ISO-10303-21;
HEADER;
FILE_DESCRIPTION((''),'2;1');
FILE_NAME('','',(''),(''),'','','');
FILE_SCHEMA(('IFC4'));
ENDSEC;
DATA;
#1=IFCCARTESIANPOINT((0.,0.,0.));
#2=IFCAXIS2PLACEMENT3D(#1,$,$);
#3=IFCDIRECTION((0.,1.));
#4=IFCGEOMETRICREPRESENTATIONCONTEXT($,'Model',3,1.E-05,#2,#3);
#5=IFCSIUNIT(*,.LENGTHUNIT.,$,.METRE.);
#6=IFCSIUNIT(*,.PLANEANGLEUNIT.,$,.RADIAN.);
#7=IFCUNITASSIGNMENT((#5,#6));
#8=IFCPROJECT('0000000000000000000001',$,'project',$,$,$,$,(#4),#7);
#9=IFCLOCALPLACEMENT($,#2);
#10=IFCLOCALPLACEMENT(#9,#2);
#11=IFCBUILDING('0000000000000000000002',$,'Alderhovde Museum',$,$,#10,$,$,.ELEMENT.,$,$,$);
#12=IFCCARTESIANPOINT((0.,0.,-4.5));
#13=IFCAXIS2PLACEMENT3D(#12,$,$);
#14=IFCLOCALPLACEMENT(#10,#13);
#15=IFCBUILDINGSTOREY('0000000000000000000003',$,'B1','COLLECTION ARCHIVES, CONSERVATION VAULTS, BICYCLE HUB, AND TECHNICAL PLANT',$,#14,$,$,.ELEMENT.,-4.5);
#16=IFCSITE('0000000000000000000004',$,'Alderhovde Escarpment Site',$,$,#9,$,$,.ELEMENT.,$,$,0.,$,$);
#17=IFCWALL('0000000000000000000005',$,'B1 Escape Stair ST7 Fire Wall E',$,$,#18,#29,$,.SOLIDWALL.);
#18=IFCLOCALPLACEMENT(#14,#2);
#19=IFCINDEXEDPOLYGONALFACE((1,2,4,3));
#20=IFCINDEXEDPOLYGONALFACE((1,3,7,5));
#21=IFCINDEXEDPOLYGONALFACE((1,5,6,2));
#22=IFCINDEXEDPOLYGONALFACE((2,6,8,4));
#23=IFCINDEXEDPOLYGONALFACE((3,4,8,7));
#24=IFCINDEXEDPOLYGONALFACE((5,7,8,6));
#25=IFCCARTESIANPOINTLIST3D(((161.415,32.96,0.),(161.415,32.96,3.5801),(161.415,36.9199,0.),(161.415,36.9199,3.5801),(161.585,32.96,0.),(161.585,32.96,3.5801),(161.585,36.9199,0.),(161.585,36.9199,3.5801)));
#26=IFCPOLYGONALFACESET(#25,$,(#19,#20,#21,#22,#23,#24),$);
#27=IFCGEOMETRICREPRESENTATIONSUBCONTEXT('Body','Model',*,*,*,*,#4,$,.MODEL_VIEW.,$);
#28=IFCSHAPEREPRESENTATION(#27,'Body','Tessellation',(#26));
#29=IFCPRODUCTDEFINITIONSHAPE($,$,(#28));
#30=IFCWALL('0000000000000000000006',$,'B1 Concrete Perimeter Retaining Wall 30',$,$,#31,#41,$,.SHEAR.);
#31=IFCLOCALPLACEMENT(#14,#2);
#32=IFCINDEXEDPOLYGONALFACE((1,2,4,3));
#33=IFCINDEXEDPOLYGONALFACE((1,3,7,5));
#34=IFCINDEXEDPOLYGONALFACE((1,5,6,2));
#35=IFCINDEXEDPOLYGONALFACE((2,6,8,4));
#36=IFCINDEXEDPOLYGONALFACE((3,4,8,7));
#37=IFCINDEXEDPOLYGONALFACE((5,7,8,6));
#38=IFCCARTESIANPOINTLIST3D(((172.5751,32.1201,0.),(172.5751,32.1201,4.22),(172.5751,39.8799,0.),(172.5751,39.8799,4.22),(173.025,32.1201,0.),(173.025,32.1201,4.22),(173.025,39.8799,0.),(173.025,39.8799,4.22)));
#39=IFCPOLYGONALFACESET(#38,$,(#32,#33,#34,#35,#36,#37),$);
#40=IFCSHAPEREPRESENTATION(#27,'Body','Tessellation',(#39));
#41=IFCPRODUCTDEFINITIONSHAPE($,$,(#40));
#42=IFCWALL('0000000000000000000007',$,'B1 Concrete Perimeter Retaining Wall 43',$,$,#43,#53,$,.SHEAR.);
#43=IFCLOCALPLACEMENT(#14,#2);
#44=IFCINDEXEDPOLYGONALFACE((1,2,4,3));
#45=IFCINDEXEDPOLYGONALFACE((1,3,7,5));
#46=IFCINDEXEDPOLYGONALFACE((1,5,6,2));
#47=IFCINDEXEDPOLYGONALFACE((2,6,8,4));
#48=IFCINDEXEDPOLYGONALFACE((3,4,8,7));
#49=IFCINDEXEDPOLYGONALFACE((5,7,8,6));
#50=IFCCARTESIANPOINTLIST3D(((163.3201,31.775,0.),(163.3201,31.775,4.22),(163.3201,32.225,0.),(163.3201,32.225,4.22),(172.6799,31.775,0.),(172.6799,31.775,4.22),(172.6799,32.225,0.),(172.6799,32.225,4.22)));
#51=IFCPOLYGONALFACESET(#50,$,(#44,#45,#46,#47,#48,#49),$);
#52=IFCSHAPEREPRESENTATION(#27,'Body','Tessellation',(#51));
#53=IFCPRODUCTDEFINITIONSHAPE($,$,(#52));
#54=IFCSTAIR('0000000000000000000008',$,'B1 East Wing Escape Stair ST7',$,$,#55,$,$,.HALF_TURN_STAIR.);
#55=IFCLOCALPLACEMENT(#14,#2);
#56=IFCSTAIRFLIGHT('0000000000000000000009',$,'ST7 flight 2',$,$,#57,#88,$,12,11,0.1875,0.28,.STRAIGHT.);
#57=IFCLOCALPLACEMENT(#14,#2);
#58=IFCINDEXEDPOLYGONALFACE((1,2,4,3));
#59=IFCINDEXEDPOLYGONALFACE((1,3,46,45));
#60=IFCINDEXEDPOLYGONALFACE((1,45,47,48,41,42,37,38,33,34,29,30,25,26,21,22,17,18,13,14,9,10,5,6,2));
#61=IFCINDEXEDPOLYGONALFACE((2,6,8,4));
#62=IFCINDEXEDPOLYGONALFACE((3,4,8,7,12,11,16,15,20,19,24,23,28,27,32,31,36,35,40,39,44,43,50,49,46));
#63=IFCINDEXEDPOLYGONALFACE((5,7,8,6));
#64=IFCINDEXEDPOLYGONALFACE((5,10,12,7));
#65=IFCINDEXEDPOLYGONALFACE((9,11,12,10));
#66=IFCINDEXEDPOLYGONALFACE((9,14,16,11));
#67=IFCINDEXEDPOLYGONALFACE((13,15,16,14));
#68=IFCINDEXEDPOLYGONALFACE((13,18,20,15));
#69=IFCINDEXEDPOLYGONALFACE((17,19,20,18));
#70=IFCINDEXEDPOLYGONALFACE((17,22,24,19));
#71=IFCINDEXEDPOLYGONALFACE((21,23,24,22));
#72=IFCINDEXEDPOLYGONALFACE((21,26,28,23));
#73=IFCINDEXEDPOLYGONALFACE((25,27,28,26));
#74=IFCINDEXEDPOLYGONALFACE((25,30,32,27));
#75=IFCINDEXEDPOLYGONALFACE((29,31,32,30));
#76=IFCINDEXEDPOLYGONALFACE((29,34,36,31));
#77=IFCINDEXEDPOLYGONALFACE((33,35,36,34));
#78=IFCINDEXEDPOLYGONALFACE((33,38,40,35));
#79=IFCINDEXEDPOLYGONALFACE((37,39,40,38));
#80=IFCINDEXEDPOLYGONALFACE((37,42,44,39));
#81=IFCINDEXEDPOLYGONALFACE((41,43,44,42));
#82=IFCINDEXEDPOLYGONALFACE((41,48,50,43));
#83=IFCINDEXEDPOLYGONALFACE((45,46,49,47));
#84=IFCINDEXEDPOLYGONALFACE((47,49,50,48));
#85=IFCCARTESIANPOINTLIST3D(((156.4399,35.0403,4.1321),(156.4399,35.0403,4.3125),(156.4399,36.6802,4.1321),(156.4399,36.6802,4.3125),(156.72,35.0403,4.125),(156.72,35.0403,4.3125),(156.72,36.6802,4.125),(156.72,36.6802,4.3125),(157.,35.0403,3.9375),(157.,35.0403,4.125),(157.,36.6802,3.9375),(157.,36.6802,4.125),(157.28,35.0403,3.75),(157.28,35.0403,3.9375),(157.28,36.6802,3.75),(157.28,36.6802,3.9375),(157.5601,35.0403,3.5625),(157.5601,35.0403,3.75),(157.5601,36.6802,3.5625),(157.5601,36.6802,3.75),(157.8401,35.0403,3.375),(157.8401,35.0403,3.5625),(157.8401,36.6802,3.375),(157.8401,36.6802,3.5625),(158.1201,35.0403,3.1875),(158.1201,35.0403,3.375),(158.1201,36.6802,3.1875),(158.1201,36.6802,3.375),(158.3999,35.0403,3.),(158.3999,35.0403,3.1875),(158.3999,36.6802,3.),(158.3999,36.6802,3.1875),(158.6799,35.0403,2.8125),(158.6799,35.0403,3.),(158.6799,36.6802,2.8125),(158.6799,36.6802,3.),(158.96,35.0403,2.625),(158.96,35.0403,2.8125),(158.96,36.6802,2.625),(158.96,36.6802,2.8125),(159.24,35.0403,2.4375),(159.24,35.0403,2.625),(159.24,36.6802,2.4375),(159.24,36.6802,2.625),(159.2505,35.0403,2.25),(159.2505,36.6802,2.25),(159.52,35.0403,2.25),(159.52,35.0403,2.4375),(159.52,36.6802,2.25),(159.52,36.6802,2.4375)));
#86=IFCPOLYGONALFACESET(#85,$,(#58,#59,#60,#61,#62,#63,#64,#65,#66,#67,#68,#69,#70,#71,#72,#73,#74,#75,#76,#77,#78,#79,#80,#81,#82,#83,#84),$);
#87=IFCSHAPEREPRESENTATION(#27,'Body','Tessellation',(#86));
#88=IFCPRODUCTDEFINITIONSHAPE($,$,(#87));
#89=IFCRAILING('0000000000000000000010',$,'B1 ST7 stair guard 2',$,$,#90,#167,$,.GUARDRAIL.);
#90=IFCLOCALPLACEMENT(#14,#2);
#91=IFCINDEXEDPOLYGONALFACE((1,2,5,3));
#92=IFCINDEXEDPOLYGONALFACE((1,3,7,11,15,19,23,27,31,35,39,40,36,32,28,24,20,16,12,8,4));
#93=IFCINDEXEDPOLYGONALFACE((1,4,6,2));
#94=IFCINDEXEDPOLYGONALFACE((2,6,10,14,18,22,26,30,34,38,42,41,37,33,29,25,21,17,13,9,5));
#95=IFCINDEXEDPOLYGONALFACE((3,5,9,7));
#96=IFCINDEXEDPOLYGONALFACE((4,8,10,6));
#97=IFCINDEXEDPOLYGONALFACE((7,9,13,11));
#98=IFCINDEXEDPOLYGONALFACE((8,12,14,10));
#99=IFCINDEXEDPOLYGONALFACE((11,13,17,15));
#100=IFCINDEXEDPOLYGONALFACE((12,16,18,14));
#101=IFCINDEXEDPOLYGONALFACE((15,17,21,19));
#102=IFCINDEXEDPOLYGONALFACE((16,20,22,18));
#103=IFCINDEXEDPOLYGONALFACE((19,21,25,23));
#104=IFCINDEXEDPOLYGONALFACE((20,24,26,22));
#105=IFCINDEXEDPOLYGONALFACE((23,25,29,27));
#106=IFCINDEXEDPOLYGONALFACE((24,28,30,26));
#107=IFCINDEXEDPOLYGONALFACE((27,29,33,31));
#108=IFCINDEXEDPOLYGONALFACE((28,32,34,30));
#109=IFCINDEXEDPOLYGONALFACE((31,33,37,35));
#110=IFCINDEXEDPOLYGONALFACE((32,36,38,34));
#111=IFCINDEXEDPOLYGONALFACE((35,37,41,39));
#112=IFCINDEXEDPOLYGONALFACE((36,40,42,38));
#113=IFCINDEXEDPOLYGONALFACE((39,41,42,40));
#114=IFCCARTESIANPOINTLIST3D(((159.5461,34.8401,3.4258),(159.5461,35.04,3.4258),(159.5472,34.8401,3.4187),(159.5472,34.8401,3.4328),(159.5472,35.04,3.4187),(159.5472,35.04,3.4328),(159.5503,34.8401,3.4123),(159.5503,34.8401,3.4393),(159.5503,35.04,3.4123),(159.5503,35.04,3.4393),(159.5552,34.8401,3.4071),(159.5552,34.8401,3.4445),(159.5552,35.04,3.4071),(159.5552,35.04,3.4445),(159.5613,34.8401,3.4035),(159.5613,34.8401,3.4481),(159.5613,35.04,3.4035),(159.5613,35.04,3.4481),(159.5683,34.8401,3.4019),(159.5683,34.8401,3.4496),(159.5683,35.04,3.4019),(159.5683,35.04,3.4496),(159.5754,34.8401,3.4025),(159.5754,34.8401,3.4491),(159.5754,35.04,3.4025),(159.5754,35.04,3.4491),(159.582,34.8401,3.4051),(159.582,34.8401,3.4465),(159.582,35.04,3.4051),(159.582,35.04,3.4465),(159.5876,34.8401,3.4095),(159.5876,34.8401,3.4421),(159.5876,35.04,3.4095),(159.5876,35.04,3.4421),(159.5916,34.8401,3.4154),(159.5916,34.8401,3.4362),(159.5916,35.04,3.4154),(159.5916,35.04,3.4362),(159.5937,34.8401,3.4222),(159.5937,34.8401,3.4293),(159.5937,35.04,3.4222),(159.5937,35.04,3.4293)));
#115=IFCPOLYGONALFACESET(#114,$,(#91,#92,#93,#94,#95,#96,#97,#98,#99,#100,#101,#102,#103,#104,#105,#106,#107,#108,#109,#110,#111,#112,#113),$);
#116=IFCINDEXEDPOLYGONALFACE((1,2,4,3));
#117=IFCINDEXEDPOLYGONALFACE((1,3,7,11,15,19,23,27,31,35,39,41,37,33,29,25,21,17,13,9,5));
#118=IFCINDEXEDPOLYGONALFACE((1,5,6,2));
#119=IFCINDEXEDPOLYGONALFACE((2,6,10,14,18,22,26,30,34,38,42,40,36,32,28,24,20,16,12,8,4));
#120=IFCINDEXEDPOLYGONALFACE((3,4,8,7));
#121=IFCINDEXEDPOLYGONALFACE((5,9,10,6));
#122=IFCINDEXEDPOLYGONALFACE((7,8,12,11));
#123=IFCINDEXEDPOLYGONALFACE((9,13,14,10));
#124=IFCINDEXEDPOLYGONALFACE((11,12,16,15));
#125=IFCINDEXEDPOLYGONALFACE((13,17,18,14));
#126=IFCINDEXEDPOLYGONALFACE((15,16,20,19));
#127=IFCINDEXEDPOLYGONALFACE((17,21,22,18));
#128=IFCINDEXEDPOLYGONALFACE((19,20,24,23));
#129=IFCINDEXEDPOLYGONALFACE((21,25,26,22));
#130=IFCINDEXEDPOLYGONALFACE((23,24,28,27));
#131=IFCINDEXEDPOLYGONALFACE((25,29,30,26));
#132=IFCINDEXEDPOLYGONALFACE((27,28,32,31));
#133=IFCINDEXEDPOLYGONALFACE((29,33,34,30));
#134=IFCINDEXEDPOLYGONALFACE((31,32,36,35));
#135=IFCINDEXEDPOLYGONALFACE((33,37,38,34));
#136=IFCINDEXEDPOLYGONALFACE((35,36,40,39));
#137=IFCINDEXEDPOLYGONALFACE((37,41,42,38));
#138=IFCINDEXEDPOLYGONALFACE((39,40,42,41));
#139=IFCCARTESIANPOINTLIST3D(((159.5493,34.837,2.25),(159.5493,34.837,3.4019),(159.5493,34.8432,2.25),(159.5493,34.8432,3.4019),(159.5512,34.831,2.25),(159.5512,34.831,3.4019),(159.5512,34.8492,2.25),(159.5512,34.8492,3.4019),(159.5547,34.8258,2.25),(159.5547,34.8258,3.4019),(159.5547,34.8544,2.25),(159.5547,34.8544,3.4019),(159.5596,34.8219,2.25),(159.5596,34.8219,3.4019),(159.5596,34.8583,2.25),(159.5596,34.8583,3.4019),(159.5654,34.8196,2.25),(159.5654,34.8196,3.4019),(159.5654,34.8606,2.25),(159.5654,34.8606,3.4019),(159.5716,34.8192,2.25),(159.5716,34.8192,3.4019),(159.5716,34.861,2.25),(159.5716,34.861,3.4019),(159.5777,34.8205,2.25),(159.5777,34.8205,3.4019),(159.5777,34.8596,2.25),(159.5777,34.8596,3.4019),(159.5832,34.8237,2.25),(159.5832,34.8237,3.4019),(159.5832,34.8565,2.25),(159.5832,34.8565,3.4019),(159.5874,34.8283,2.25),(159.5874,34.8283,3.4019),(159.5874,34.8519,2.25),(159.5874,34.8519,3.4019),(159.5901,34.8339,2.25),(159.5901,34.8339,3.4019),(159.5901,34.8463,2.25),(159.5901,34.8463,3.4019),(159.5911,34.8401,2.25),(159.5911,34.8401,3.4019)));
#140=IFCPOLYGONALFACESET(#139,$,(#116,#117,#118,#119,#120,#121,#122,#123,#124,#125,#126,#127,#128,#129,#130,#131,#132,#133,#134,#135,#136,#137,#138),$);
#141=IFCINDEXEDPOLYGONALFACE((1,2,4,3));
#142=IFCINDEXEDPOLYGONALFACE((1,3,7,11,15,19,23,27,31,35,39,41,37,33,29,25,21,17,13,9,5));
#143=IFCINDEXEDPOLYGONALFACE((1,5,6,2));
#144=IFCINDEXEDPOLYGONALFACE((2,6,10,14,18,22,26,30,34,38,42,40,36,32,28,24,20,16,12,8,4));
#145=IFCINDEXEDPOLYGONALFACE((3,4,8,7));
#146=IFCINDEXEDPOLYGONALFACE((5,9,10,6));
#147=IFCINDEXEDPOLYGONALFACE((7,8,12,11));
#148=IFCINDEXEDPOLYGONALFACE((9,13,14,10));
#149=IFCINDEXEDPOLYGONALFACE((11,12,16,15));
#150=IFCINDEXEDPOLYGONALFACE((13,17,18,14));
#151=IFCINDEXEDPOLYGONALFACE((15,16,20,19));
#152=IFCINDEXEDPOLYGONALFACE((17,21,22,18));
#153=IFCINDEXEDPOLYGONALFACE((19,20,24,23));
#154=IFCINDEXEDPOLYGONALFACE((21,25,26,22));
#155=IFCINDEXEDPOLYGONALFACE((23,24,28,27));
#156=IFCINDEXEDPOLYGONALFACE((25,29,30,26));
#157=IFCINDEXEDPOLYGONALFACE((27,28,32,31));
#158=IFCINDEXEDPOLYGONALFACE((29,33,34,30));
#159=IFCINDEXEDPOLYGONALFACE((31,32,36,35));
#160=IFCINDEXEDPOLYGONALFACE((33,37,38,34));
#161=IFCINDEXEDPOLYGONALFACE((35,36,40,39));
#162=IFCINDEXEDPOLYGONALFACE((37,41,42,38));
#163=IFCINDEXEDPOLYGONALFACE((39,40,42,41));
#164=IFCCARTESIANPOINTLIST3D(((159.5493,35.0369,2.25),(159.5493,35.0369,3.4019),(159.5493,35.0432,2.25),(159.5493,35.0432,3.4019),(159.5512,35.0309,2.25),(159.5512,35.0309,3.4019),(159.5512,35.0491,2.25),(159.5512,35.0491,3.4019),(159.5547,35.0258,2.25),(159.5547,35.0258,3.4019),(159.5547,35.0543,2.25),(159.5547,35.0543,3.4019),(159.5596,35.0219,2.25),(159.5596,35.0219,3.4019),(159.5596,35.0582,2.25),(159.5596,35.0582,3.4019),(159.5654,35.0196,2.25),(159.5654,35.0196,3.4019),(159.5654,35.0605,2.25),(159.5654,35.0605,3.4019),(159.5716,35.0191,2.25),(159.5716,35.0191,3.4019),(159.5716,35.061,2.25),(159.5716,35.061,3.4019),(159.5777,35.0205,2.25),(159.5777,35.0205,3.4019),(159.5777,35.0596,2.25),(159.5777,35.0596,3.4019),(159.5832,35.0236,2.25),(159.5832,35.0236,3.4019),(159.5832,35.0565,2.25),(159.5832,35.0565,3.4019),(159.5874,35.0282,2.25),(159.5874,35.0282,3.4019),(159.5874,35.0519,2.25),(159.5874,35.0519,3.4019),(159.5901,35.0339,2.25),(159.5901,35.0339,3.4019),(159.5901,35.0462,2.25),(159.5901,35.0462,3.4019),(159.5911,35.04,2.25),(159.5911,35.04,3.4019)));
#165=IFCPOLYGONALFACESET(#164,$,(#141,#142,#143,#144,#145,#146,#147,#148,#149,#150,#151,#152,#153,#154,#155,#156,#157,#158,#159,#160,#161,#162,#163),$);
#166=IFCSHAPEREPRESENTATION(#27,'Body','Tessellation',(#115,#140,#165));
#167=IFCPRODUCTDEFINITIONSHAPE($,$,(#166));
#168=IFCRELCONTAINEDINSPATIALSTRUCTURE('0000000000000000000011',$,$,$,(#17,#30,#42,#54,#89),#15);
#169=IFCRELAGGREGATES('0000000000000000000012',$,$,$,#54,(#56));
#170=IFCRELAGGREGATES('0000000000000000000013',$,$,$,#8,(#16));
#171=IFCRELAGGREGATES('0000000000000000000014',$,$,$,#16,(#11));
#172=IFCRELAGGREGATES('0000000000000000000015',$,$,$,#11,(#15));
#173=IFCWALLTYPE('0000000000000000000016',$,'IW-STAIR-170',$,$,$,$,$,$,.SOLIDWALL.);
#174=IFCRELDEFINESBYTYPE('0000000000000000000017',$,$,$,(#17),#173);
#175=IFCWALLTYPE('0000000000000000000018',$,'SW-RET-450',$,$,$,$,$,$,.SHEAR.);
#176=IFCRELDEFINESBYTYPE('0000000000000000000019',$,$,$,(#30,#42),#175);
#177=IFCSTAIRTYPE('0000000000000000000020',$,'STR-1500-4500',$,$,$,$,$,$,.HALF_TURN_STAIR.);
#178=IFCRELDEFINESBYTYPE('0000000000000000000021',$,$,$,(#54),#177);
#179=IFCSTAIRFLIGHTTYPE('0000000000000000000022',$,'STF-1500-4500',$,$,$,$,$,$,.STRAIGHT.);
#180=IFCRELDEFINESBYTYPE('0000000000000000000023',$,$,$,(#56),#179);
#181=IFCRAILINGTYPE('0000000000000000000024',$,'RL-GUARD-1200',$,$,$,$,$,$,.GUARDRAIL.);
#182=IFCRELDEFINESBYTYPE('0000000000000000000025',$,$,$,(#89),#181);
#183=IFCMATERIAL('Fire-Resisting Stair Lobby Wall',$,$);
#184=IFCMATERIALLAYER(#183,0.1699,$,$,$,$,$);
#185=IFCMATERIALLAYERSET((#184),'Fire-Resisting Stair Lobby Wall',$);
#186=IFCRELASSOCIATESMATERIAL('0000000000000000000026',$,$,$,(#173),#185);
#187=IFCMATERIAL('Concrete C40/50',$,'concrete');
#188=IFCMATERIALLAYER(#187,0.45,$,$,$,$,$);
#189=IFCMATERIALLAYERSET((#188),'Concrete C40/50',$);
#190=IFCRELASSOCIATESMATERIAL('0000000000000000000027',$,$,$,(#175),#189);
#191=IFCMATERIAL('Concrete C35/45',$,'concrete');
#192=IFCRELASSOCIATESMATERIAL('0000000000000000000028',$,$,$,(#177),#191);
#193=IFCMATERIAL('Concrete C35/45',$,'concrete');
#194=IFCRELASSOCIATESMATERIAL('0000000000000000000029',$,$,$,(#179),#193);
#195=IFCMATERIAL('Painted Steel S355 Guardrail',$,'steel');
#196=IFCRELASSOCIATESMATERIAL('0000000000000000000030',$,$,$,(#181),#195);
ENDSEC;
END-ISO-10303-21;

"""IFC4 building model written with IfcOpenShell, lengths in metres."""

from ifc_helpers import new_model, si_unit, direction, frame, frame_2d, origin, origin_2d, place, context, subcontext, project, spatial, polyline, rectangle, circle, outline, extrude, material, layer, layer_set, type_object, element, aggregate, save


model = new_model("IFC4")

# Units and contexts
model_context = context("Model", 3, precision=1e-05, world=origin(), true_north=direction((0.0, 1.0)))
body_context = subcontext(model_context, "Body", "Model", "MODEL_VIEW")
ifc_project = project(units=[si_unit("LENGTHUNIT", "METRE"), si_unit("PLANEANGLEUNIT", "RADIAN")], contexts=[model_context])

# Site, building, storey
site_placement = place(None, origin())
site = spatial("IfcSite", under=ifc_project, at=site_placement, Name="Alderhovde Escarpment Site", CompositionType="ELEMENT", RefElevation=0.0)
building_placement = place(site_placement, origin())
building = spatial("IfcBuilding", under=site, at=building_placement, Name="Alderhovde Museum", CompositionType="ELEMENT")
storey_placement = place(building_placement, frame((0.0, 0.0, -4.5)))
storey = spatial("IfcBuildingStorey", under=building, at=storey_placement, Name="B1", Description="COLLECTION ARCHIVES, CONSERVATION VAULTS, BICYCLE HUB, AND TECHNICAL PLANT", CompositionType="ELEMENT", Elevation=-4.5)

# Walls
ifc_material_1 = material(Name="Fire-Resisting Stair Lobby Wall")
ifc_layer_1 = layer(ifc_material_1, 0.1699)
ifc_layer_set_1 = layer_set([ifc_layer_1], Name="Fire-Resisting Stair Lobby Wall")
wall_type_1 = type_object("IfcWallType", Name="IW-STAIR-170", PredefinedType="SOLIDWALL", material=ifc_layer_set_1)
wall_1_placement = place(storey_placement, frame((161.5, 32.96, 0.0), z_axis=(0.0, 0.0, 1.0), x_axis=(0.0, 1.0, 0.0)))
element("IfcWall", 1, at=wall_1_placement, inside=storey, type_object=wall_type_1, Name="B1 Escape Stair ST7 Fire Wall E", PredefinedType="SOLIDWALL", context=body_context, shape_type="SweptSolid", body=[
    extrude(rectangle(XDim=3.96, YDim=0.1699, at=frame_2d((1.98, 0.0))), origin(), (0.0, 0.0, 1.0), 3.5801),
])
ifc_material_2 = material(Name="Concrete C40/50", Category="concrete")
ifc_layer_2 = layer(ifc_material_2, 0.45)
ifc_layer_set_2 = layer_set([ifc_layer_2], Name="Concrete C40/50")
wall_type_2 = type_object("IfcWallType", Name="SW-RET-450", PredefinedType="SHEAR", material=ifc_layer_set_2)
wall_2_placement = place(storey_placement, frame((172.8, 32.1201, 0.0), z_axis=(0.0, 0.0, 1.0), x_axis=(0.0, 1.0, 0.0)))
element("IfcWall", 2, at=wall_2_placement, inside=storey, type_object=wall_type_2, Name="B1 Concrete Perimeter Retaining Wall 30", PredefinedType="SHEAR", context=body_context, shape_type="SweptSolid", body=[
    extrude(rectangle(XDim=7.7598, YDim=0.45, at=frame_2d((3.8799, 0.0))), origin(), (0.0, 0.0, 1.0), 4.22),
])
wall_3_placement = place(storey_placement, frame((163.3201, 32.0, 0.0), z_axis=(0.0, 0.0, 1.0), x_axis=(1.0, 0.0, 0.0)))
element("IfcWall", 3, at=wall_3_placement, inside=storey, type_object=wall_type_2, Name="B1 Concrete Perimeter Retaining Wall 43", PredefinedType="SHEAR", context=body_context, shape_type="SweptSolid", body=[
    extrude(rectangle(XDim=9.3599, YDim=0.45, at=frame_2d((4.6799, 0.0))), origin(), (0.0, 0.0, 1.0), 4.22),
])

# Stair, stair flight
ifc_material_3 = material(Name="Concrete C35/45", Category="concrete")
stair_type = type_object("IfcStairType", Name="STR-1500-4500", PredefinedType="HALF_TURN_STAIR", material=ifc_material_3)
stair_placement = place(storey_placement, origin())
stair = element("IfcStair", 4, at=stair_placement, inside=storey, type_object=stair_type, Name="B1 East Wing Escape Stair ST7", PredefinedType="HALF_TURN_STAIR")
ifc_material_4 = material(Name="Concrete C35/45", Category="concrete")
stair_flight_type = type_object("IfcStairFlightType", Name="STF-1500-4500", PredefinedType="STRAIGHT", material=ifc_material_4)
stair_flight_placement = place(storey_placement, frame((159.52, 35.8601, 2.25), z_axis=(0.0, 0.0, 1.0), x_axis=(-1.0, 0.0, 0.0)))
stair_flight = element("IfcStairFlight", 5, at=stair_flight_placement, type_object=stair_flight_type, Name="ST7 flight 2", NumberOfRisers=12, NumberOfTreads=11, PredefinedType="STRAIGHT", RiserHeight=0.1875, TreadLength=0.28, context=body_context, shape_type="SweptSolid", body=[
    extrude(outline(polyline([(0.0, 0.0), (0.0, 0.1875), (0.28, 0.1875), (0.28, 0.375), (0.5601, 0.375), (0.5601, 0.5625), (0.8401, 0.5625), (0.8401, 0.75), (1.1201, 0.75), (1.1201, 0.9375), (1.3999, 0.9375), (1.3999, 1.125), (1.6799, 1.125), (1.6799, 1.3125), (1.96, 1.3125), (1.96, 1.5), (2.24, 1.5), (2.24, 1.6875), (2.52, 1.6875), (2.52, 1.875), (2.8, 1.875), (2.8, 2.0625), (3.0801, 2.0625), (3.0801, 2.25), (3.0801, 1.8821), (0.2695, 0.0), (0.0, 0.0)])), frame((0.0, 0.8198, 0.0), z_axis=(0.0, -1.0, 0.0), x_axis=(1.0, 0.0, 0.0)), (0.0, 0.0, 1.0), 1.6399),
])
aggregate(stair, [stair_flight])

# Railing
ifc_material_5 = material(Name="Painted Steel S355 Guardrail", Category="steel")
railing_type_1 = type_object("IfcRailingType", Name="RL-GUARD-1200", PredefinedType="GUARDRAIL", material=ifc_material_5)
railing_1_placement = place(storey_placement, frame((159.5701, 34.8401, 2.25)))
element("IfcRailing", 6, at=railing_1_placement, inside=storey, type_object=railing_type_1, Name="B1 ST7 stair guard 2", PredefinedType="GUARDRAIL", context=body_context, shape_type="SweptSolid", body=[
    extrude(circle(Radius=0.0239, at=origin_2d()), frame((0.0, 0.0, 1.1758), z_axis=(0.0, 1.0, 0.0), x_axis=(-1.0, 0.0, 0.0)), (0.0, 0.0, 1.0), 0.2),
    extrude(circle(Radius=0.021, at=origin_2d()), origin(), (0.0, 0.0, 1.0), 1.1519),
    extrude(circle(Radius=0.021, at=origin_2d()), frame((0.0, 0.2, 0.0)), (0.0, 0.0, 1.0), 1.1519),
])

save(model, "model.ifc")
